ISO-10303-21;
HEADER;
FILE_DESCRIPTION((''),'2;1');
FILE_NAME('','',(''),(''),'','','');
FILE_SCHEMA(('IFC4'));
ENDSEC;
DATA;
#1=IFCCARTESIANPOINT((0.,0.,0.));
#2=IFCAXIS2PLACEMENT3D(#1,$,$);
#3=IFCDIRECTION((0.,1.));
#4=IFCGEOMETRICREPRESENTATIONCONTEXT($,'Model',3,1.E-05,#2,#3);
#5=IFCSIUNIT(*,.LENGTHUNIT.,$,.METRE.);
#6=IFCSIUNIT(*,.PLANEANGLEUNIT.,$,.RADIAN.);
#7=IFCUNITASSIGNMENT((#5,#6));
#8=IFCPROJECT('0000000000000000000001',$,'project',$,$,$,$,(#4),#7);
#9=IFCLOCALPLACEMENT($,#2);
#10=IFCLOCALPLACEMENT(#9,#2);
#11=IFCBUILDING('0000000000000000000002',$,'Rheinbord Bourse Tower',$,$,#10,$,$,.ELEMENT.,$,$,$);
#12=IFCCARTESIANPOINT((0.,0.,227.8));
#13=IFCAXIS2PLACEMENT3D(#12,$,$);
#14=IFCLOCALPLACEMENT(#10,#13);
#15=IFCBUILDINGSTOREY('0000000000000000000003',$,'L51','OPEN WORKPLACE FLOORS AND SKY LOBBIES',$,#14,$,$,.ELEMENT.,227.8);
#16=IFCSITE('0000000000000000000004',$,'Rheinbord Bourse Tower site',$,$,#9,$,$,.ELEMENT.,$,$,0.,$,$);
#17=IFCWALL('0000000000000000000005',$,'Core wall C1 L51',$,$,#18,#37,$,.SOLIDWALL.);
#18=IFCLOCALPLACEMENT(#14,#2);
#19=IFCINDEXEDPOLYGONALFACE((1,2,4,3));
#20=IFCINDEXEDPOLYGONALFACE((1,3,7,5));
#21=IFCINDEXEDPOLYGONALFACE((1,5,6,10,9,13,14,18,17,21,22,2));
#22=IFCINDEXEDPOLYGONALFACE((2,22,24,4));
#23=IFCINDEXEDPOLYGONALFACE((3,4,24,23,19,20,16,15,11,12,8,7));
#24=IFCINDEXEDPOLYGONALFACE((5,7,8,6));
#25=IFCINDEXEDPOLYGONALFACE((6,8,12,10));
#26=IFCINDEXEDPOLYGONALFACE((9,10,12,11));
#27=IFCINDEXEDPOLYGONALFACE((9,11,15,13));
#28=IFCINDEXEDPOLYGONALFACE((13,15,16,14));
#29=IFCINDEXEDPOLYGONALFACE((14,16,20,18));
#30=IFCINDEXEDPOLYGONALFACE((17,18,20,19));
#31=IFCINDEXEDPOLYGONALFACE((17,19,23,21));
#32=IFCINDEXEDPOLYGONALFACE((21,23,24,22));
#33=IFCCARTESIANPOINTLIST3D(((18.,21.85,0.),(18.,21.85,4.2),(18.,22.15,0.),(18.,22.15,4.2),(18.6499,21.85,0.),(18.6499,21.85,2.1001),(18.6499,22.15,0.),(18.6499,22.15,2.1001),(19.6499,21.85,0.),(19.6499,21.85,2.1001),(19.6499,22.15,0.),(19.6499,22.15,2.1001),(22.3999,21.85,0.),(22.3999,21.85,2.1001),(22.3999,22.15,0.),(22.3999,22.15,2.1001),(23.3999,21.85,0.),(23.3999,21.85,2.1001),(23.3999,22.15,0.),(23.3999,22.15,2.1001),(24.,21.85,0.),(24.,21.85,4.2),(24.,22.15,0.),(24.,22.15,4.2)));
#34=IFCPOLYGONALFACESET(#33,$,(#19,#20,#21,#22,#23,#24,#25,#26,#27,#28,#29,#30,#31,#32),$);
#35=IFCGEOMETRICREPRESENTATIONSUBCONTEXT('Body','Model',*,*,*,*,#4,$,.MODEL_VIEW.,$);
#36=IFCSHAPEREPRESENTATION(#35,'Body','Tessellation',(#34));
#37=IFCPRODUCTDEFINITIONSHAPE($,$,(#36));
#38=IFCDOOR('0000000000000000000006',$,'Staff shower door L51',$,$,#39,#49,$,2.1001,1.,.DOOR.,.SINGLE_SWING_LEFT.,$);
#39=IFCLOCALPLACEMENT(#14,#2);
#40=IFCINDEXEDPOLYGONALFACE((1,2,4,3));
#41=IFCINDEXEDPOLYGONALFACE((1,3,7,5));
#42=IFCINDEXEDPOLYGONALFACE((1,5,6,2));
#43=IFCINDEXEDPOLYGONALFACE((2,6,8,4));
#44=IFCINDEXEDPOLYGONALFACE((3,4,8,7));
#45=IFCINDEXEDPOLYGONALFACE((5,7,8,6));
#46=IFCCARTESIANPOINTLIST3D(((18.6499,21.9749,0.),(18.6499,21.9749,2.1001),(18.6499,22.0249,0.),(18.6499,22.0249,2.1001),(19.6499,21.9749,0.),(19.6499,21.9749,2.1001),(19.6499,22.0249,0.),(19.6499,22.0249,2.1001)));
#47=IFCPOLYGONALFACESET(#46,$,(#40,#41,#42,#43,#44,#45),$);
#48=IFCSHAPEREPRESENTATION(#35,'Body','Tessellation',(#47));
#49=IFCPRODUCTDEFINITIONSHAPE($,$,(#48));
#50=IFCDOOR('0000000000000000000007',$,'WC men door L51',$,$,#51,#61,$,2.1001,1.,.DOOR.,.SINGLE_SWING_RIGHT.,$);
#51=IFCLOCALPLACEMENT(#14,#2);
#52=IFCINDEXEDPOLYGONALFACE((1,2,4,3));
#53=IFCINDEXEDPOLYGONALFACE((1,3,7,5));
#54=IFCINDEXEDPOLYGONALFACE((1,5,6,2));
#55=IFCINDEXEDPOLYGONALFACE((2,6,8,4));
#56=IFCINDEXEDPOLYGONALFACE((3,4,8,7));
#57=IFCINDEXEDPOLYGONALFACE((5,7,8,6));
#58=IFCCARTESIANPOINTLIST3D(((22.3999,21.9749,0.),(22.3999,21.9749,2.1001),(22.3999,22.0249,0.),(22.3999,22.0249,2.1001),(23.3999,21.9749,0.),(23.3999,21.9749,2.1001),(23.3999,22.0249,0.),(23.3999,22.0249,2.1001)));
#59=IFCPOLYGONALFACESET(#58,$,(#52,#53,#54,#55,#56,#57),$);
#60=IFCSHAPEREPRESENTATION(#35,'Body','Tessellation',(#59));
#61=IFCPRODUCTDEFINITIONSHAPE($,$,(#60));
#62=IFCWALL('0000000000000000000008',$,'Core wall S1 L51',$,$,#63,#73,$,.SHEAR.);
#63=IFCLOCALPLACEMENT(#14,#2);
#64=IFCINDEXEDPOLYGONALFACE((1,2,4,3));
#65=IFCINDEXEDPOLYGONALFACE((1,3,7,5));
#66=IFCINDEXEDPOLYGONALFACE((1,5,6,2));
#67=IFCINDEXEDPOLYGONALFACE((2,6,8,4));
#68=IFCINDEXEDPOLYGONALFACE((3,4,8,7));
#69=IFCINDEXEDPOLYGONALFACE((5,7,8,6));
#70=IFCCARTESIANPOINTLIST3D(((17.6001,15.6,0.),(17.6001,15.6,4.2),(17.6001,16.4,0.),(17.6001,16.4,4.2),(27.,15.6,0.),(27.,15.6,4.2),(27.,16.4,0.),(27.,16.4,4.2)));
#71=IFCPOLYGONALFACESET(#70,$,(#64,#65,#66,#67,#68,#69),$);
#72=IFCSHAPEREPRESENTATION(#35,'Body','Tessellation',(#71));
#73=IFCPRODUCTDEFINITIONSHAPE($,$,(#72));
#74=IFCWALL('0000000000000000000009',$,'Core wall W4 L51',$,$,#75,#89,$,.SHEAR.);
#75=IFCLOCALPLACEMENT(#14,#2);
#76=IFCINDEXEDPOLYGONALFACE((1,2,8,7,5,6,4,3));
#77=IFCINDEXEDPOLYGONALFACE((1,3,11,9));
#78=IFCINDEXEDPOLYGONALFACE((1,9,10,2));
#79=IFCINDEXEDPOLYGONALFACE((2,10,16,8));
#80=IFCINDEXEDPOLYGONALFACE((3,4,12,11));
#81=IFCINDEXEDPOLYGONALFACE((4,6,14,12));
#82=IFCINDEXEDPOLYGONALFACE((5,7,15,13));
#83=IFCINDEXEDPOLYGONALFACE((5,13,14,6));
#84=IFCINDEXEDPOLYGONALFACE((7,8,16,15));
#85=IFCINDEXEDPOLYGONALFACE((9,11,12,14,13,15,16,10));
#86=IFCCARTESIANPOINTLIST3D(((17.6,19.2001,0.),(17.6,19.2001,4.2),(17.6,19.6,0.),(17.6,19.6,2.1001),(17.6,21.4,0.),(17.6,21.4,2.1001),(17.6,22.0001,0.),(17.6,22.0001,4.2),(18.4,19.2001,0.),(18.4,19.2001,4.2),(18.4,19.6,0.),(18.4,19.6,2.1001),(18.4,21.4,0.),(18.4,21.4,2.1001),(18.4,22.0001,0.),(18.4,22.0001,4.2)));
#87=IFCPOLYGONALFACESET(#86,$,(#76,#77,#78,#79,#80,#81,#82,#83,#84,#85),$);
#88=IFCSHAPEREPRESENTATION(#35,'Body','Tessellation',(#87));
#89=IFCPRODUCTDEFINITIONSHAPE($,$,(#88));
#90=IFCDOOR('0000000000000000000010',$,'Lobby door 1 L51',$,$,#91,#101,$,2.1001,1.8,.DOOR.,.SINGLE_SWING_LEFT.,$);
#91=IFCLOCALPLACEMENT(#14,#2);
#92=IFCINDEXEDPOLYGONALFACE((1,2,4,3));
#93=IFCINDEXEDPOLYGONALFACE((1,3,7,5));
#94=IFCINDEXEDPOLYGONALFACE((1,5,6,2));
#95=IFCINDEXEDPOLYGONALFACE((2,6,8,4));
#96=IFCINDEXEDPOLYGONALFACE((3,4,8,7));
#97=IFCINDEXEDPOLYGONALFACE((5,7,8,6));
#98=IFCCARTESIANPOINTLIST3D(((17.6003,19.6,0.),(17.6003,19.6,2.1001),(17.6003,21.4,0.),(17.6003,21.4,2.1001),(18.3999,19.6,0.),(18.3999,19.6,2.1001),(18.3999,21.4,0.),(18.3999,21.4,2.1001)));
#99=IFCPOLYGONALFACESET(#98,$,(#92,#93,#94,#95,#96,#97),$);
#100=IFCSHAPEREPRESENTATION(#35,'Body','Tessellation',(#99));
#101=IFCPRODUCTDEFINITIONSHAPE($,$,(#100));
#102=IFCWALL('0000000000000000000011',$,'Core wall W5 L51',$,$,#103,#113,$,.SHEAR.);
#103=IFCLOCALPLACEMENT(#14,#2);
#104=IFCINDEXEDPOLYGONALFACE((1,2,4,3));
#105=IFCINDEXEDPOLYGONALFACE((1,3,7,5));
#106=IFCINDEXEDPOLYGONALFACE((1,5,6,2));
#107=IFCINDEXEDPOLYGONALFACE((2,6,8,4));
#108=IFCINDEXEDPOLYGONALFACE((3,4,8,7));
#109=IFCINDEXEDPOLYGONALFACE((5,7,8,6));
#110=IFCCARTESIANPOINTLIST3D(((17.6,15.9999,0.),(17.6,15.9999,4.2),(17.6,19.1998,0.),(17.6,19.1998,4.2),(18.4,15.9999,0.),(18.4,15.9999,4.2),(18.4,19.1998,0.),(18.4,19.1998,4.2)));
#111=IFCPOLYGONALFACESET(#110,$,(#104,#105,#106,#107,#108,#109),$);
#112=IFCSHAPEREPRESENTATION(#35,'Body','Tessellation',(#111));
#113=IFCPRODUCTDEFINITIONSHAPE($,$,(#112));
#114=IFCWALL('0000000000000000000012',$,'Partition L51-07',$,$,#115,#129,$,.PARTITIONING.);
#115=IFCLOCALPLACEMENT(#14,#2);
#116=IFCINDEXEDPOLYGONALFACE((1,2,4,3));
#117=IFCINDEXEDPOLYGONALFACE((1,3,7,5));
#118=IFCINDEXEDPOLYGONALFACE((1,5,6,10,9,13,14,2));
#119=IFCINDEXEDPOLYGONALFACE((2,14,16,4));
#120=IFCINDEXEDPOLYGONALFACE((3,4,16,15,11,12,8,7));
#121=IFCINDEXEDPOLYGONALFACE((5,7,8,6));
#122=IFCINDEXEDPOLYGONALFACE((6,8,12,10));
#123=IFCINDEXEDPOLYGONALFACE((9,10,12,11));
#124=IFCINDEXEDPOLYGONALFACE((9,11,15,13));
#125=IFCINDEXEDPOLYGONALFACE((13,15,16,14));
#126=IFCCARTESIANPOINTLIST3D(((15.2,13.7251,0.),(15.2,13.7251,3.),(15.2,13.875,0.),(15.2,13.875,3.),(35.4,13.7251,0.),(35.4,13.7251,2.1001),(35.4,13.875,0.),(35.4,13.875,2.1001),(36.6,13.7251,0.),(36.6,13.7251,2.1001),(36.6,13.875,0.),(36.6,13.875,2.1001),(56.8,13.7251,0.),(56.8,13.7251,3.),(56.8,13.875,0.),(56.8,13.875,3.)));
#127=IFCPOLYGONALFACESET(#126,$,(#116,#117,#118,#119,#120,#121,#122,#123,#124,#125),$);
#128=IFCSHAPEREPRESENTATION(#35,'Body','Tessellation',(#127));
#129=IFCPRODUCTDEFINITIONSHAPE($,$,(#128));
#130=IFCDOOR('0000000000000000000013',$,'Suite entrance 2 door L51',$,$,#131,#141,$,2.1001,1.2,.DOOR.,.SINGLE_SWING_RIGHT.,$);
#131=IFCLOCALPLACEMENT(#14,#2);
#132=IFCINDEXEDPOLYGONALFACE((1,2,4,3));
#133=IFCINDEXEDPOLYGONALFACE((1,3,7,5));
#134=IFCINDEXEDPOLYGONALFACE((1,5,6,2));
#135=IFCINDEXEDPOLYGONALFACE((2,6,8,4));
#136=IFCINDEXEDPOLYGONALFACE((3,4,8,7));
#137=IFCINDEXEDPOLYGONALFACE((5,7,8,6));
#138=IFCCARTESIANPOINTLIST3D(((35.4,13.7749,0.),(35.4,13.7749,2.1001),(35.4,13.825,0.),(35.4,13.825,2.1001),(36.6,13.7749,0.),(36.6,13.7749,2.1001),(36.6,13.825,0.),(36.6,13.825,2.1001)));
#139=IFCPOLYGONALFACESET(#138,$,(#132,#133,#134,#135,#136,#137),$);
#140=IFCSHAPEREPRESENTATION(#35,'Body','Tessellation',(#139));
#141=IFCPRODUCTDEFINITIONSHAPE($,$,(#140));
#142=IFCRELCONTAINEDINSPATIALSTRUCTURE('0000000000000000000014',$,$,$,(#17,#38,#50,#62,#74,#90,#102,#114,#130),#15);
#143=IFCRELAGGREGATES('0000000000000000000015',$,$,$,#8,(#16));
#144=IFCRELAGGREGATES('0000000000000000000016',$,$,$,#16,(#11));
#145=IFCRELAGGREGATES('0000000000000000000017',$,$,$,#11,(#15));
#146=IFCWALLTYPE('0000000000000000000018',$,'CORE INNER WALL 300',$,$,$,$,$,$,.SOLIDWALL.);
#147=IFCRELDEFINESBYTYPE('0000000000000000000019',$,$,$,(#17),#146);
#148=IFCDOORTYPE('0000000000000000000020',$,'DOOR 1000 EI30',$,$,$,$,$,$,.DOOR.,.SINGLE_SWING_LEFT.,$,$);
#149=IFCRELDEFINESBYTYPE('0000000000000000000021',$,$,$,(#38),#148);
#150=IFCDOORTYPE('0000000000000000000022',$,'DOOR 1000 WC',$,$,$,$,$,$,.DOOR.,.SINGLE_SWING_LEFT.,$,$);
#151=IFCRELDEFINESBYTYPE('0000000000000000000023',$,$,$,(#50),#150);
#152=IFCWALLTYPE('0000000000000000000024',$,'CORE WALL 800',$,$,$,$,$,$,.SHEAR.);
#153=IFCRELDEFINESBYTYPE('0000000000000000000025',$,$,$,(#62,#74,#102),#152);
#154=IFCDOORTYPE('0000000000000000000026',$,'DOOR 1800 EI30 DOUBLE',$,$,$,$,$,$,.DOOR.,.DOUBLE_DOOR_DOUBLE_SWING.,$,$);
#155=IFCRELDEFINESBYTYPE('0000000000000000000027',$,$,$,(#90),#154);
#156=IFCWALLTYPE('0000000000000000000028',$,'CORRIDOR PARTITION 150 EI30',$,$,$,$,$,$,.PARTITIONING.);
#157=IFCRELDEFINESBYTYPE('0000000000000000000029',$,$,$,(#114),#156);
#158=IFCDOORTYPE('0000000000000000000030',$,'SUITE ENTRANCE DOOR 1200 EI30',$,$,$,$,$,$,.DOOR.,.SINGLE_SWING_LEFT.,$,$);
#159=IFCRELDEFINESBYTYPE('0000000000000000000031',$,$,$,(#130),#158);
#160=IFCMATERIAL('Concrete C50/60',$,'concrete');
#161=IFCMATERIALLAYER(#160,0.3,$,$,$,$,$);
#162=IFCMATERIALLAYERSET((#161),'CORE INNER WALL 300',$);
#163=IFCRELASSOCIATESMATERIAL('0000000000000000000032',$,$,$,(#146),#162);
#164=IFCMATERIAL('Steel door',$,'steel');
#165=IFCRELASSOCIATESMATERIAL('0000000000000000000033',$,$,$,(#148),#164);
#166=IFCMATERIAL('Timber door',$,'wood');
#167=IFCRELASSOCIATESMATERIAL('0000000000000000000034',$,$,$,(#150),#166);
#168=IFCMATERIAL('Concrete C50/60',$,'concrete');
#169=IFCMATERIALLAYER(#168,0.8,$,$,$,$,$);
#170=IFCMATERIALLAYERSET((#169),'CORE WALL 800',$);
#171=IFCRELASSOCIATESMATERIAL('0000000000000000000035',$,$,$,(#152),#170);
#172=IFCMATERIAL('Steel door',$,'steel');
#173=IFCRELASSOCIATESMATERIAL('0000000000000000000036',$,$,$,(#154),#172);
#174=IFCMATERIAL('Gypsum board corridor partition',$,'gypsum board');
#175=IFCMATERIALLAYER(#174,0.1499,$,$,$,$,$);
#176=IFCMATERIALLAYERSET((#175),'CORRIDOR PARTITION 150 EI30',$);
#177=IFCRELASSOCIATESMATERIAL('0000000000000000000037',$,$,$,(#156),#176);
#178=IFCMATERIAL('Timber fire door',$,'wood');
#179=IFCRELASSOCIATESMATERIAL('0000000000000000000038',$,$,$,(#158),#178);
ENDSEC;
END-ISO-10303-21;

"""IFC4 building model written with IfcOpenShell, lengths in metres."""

from ifc_helpers import new_model, si_unit, direction, frame, frame_2d, origin, place, context, subcontext, project, spatial, rectangle, extrude, material, layer, layer_set, type_object, element, fill, save


model = new_model("IFC4")

# Units and contexts
model_context = context("Model", 3, precision=1e-05, world=origin(), true_north=direction((0.0, 1.0)))
body_context = subcontext(model_context, "Body", "Model", "MODEL_VIEW")
ifc_project = project(units=[si_unit("LENGTHUNIT", "METRE"), si_unit("PLANEANGLEUNIT", "RADIAN")], contexts=[model_context])

# Site, building, storey
site_placement = place(None, origin())
site = spatial("IfcSite", under=ifc_project, at=site_placement, Name="Rheinbord Bourse Tower site", CompositionType="ELEMENT", RefElevation=0.0)
building_placement = place(site_placement, origin())
building = spatial("IfcBuilding", under=site, at=building_placement, Name="Rheinbord Bourse Tower", CompositionType="ELEMENT")
storey_placement = place(building_placement, frame((0.0, 0.0, 227.8)))
storey = spatial("IfcBuildingStorey", under=building, at=storey_placement, Name="L51", Description="OPEN WORKPLACE FLOORS AND SKY LOBBIES", CompositionType="ELEMENT", Elevation=227.8)

# Shared definitions
ifc_material_1 = material(Name="Concrete C50/60", Category="concrete")
ifc_layer_1 = layer(ifc_material_1, 0.3)
ifc_layer_set_1 = layer_set([ifc_layer_1], Name="CORE INNER WALL 300")
wall_type_1 = type_object("IfcWallType", Name="CORE INNER WALL 300", PredefinedType="SOLIDWALL", material=ifc_layer_set_1)
ifc_material_2 = material(Name="Steel door", Category="steel")
door_type_1 = type_object("IfcDoorType", Name="DOOR 1000 EI30", OperationType="SINGLE_SWING_LEFT", PredefinedType="DOOR", material=ifc_material_2)

# Wall, openings, doors
wall_1_placement = place(storey_placement, frame((18.0, 22.0, 0.0), z_axis=(0.0, 0.0, 1.0), x_axis=(1.0, 0.0, 0.0)))
wall_1 = element("IfcWall", 1, at=wall_1_placement, inside=storey, type_object=wall_type_1, Name="Core wall C1 L51", PredefinedType="SOLIDWALL", context=body_context, shape_type="SweptSolid", body=[
    extrude(rectangle(XDim=6.0, YDim=0.3, at=frame_2d((3.0, 0.0))), origin(), (0.0, 0.0, 1.0), 4.2),
])
opening_1_placement = place(wall_1_placement, frame((4.3999, 0.0, 0.0)))
opening_1 = element("IfcOpeningElement", 2, at=opening_1_placement, cuts=wall_1, PredefinedType="OPENING", context=body_context, shape_type="SweptSolid", body=[
    extrude(rectangle(XDim=1.0, YDim=2.1001, at=frame_2d((0.5, 1.05))), frame((0.0, 0.1599, 0.0), z_axis=(0.0, -1.0, 0.0), x_axis=(1.0, 0.0, 0.0)), (0.0, 0.0, 1.0), 0.3201),
])
opening_2_placement = place(wall_1_placement, frame((0.6499, 0.0, 0.0)))
opening_2 = element("IfcOpeningElement", 3, at=opening_2_placement, cuts=wall_1, PredefinedType="OPENING", context=body_context, shape_type="SweptSolid", body=[
    extrude(rectangle(XDim=1.0, YDim=2.1001, at=frame_2d((0.5, 1.05))), frame((0.0, 0.1599, 0.0), z_axis=(0.0, -1.0, 0.0), x_axis=(1.0, 0.0, 0.0)), (0.0, 0.0, 1.0), 0.3201),
])
door_1_placement = place(opening_2_placement, origin())
door_1 = element("IfcDoor", 4, at=door_1_placement, inside=storey, type_object=door_type_1, Name="Staff shower door L51", OperationType="SINGLE_SWING_LEFT", OverallHeight=2.1001, OverallWidth=1.0, PredefinedType="DOOR", context=body_context, shape_type="SweptSolid", body=[
    extrude(rectangle(XDim=1.0, YDim=2.1001, at=frame_2d((0.5, 1.05))), frame((0.0, 0.0249, 0.0), z_axis=(0.0, -1.0, 0.0), x_axis=(1.0, 0.0, 0.0)), (0.0, 0.0, 1.0), 0.05),
])
fill(opening_2, door_1)
ifc_material_3 = material(Name="Timber door", Category="wood")
door_type_2 = type_object("IfcDoorType", Name="DOOR 1000 WC", OperationType="SINGLE_SWING_LEFT", PredefinedType="DOOR", material=ifc_material_3)
door_2_placement = place(opening_1_placement, origin())
door_2 = element("IfcDoor", 5, at=door_2_placement, inside=storey, type_object=door_type_2, Name="WC men door L51", OperationType="SINGLE_SWING_RIGHT", OverallHeight=2.1001, OverallWidth=1.0, PredefinedType="DOOR", context=body_context, shape_type="SweptSolid", body=[
    extrude(rectangle(XDim=1.0, YDim=2.1001, at=frame_2d((0.5, 1.05))), frame((0.0, 0.0249, 0.0), z_axis=(0.0, -1.0, 0.0), x_axis=(1.0, 0.0, 0.0)), (0.0, 0.0, 1.0), 0.05),
])
fill(opening_1, door_2)

# Wall
ifc_material_4 = material(Name="Concrete C50/60", Category="concrete")
ifc_layer_2 = layer(ifc_material_4, 0.8)
ifc_layer_set_2 = layer_set([ifc_layer_2], Name="CORE WALL 800")
wall_type_2 = type_object("IfcWallType", Name="CORE WALL 800", PredefinedType="SHEAR", material=ifc_layer_set_2)
wall_2_placement = place(storey_placement, frame((17.6001, 16.0, 0.0), z_axis=(0.0, 0.0, 1.0), x_axis=(1.0, 0.0, 0.0)))
element("IfcWall", 6, at=wall_2_placement, inside=storey, type_object=wall_type_2, Name="Core wall S1 L51", PredefinedType="SHEAR", context=body_context, shape_type="SweptSolid", body=[
    extrude(rectangle(XDim=9.3999, YDim=0.8, at=frame_2d((4.7, 0.0))), origin(), (0.0, 0.0, 1.0), 4.2),
])

# Wall, opening, door
wall_3_placement = place(storey_placement, frame((18.0, 22.0, 0.0), z_axis=(0.0, 0.0, 1.0), x_axis=(0.0, -1.0, 0.0)))
wall_3 = element("IfcWall", 7, at=wall_3_placement, inside=storey, type_object=wall_type_2, Name="Core wall W4 L51", PredefinedType="SHEAR", context=body_context, shape_type="SweptSolid", body=[
    extrude(rectangle(XDim=2.8, YDim=0.8, at=frame_2d((1.3999, 0.0))), origin(), (0.0, 0.0, 1.0), 4.2),
])
opening_3_placement = place(wall_3_placement, frame((0.6001, 0.0, 0.0)))
opening_3 = element("IfcOpeningElement", 8, at=opening_3_placement, cuts=wall_3, PredefinedType="OPENING", context=body_context, shape_type="SweptSolid", body=[
    extrude(rectangle(XDim=1.8, YDim=2.1001, at=frame_2d((0.8999, 1.05))), frame((0.0, 0.4099, 0.0), z_axis=(0.0, -1.0, 0.0), x_axis=(1.0, 0.0, 0.0)), (0.0, 0.0, 1.0), 0.8201),
])
ifc_material_5 = material(Name="Steel door", Category="steel")
door_type_3 = type_object("IfcDoorType", Name="DOOR 1800 EI30 DOUBLE", OperationType="DOUBLE_DOOR_DOUBLE_SWING", PredefinedType="DOOR", material=ifc_material_5)
door_3_placement = place(opening_3_placement, origin())
door_3 = element("IfcDoor", 9, at=door_3_placement, inside=storey, type_object=door_type_3, Name="Lobby door 1 L51", OperationType="SINGLE_SWING_LEFT", OverallHeight=2.1001, OverallWidth=1.8, PredefinedType="DOOR", context=body_context, shape_type="SweptSolid", body=[
    extrude(rectangle(XDim=1.8, YDim=2.1001, at=frame_2d((0.8999, 1.05))), frame((0.0, 0.3999, 0.0), z_axis=(0.0, -1.0, 0.0), x_axis=(1.0, 0.0, 0.0)), (0.0, 0.0, 1.0), 0.7996),
])
fill(opening_3, door_3)

# Wall
wall_4_placement = place(storey_placement, frame((18.0, 19.2, 0.0), z_axis=(0.0, 0.0, 1.0), x_axis=(0.0, -1.0, 0.0)))
element("IfcWall", 10, at=wall_4_placement, inside=storey, type_object=wall_type_2, Name="Core wall W5 L51", PredefinedType="SHEAR", context=body_context, shape_type="SweptSolid", body=[
    extrude(rectangle(XDim=3.2, YDim=0.8, at=frame_2d((1.6001, 0.0))), origin(), (0.0, 0.0, 1.0), 4.2),
])

# Wall, opening, door
ifc_material_6 = material(Name="Gypsum board corridor partition", Category="gypsum board")
ifc_layer_3 = layer(ifc_material_6, 0.1499)
ifc_layer_set_3 = layer_set([ifc_layer_3], Name="CORRIDOR PARTITION 150 EI30")
wall_type_3 = type_object("IfcWallType", Name="CORRIDOR PARTITION 150 EI30", PredefinedType="PARTITIONING", material=ifc_layer_set_3)
wall_5_placement = place(storey_placement, frame((15.2, 13.8, 0.0), z_axis=(0.0, 0.0, 1.0), x_axis=(1.0, 0.0, 0.0)))
wall_5 = element("IfcWall", 11, at=wall_5_placement, inside=storey, type_object=wall_type_3, Name="Partition L51-07", PredefinedType="PARTITIONING", context=body_context, shape_type="SweptSolid", body=[
    extrude(rectangle(XDim=41.6001, YDim=0.1499, at=frame_2d((20.8, 0.0))), origin(), (0.0, 0.0, 1.0), 3.0),
])
opening_4_placement = place(wall_5_placement, frame((20.2, 0.0, 0.0)))
opening_4 = element("IfcOpeningElement", 12, at=opening_4_placement, cuts=wall_5, PredefinedType="OPENING", context=body_context, shape_type="SweptSolid", body=[
    extrude(rectangle(XDim=1.2, YDim=2.1001, at=frame_2d((0.6001, 1.05))), frame((0.0, 0.085, 0.0), z_axis=(0.0, -1.0, 0.0), x_axis=(1.0, 0.0, 0.0)), (0.0, 0.0, 1.0), 0.1699),
])
ifc_material_7 = material(Name="Timber fire door", Category="wood")
door_type_4 = type_object("IfcDoorType", Name="SUITE ENTRANCE DOOR 1200 EI30", OperationType="SINGLE_SWING_LEFT", PredefinedType="DOOR", material=ifc_material_7)
door_4_placement = place(opening_4_placement, origin())
door_4 = element("IfcDoor", 13, at=door_4_placement, inside=storey, type_object=door_type_4, Name="Suite entrance 2 door L51", OperationType="SINGLE_SWING_RIGHT", OverallHeight=2.1001, OverallWidth=1.2, PredefinedType="DOOR", context=body_context, shape_type="SweptSolid", body=[
    extrude(rectangle(XDim=1.2, YDim=2.1001, at=frame_2d((0.6001, 1.05))), frame((0.0, 0.0249, 0.0), z_axis=(0.0, -1.0, 0.0), x_axis=(1.0, 0.0, 0.0)), (0.0, 0.0, 1.0), 0.05),
])
fill(opening_4, door_4)

save(model, "model.ifc")
